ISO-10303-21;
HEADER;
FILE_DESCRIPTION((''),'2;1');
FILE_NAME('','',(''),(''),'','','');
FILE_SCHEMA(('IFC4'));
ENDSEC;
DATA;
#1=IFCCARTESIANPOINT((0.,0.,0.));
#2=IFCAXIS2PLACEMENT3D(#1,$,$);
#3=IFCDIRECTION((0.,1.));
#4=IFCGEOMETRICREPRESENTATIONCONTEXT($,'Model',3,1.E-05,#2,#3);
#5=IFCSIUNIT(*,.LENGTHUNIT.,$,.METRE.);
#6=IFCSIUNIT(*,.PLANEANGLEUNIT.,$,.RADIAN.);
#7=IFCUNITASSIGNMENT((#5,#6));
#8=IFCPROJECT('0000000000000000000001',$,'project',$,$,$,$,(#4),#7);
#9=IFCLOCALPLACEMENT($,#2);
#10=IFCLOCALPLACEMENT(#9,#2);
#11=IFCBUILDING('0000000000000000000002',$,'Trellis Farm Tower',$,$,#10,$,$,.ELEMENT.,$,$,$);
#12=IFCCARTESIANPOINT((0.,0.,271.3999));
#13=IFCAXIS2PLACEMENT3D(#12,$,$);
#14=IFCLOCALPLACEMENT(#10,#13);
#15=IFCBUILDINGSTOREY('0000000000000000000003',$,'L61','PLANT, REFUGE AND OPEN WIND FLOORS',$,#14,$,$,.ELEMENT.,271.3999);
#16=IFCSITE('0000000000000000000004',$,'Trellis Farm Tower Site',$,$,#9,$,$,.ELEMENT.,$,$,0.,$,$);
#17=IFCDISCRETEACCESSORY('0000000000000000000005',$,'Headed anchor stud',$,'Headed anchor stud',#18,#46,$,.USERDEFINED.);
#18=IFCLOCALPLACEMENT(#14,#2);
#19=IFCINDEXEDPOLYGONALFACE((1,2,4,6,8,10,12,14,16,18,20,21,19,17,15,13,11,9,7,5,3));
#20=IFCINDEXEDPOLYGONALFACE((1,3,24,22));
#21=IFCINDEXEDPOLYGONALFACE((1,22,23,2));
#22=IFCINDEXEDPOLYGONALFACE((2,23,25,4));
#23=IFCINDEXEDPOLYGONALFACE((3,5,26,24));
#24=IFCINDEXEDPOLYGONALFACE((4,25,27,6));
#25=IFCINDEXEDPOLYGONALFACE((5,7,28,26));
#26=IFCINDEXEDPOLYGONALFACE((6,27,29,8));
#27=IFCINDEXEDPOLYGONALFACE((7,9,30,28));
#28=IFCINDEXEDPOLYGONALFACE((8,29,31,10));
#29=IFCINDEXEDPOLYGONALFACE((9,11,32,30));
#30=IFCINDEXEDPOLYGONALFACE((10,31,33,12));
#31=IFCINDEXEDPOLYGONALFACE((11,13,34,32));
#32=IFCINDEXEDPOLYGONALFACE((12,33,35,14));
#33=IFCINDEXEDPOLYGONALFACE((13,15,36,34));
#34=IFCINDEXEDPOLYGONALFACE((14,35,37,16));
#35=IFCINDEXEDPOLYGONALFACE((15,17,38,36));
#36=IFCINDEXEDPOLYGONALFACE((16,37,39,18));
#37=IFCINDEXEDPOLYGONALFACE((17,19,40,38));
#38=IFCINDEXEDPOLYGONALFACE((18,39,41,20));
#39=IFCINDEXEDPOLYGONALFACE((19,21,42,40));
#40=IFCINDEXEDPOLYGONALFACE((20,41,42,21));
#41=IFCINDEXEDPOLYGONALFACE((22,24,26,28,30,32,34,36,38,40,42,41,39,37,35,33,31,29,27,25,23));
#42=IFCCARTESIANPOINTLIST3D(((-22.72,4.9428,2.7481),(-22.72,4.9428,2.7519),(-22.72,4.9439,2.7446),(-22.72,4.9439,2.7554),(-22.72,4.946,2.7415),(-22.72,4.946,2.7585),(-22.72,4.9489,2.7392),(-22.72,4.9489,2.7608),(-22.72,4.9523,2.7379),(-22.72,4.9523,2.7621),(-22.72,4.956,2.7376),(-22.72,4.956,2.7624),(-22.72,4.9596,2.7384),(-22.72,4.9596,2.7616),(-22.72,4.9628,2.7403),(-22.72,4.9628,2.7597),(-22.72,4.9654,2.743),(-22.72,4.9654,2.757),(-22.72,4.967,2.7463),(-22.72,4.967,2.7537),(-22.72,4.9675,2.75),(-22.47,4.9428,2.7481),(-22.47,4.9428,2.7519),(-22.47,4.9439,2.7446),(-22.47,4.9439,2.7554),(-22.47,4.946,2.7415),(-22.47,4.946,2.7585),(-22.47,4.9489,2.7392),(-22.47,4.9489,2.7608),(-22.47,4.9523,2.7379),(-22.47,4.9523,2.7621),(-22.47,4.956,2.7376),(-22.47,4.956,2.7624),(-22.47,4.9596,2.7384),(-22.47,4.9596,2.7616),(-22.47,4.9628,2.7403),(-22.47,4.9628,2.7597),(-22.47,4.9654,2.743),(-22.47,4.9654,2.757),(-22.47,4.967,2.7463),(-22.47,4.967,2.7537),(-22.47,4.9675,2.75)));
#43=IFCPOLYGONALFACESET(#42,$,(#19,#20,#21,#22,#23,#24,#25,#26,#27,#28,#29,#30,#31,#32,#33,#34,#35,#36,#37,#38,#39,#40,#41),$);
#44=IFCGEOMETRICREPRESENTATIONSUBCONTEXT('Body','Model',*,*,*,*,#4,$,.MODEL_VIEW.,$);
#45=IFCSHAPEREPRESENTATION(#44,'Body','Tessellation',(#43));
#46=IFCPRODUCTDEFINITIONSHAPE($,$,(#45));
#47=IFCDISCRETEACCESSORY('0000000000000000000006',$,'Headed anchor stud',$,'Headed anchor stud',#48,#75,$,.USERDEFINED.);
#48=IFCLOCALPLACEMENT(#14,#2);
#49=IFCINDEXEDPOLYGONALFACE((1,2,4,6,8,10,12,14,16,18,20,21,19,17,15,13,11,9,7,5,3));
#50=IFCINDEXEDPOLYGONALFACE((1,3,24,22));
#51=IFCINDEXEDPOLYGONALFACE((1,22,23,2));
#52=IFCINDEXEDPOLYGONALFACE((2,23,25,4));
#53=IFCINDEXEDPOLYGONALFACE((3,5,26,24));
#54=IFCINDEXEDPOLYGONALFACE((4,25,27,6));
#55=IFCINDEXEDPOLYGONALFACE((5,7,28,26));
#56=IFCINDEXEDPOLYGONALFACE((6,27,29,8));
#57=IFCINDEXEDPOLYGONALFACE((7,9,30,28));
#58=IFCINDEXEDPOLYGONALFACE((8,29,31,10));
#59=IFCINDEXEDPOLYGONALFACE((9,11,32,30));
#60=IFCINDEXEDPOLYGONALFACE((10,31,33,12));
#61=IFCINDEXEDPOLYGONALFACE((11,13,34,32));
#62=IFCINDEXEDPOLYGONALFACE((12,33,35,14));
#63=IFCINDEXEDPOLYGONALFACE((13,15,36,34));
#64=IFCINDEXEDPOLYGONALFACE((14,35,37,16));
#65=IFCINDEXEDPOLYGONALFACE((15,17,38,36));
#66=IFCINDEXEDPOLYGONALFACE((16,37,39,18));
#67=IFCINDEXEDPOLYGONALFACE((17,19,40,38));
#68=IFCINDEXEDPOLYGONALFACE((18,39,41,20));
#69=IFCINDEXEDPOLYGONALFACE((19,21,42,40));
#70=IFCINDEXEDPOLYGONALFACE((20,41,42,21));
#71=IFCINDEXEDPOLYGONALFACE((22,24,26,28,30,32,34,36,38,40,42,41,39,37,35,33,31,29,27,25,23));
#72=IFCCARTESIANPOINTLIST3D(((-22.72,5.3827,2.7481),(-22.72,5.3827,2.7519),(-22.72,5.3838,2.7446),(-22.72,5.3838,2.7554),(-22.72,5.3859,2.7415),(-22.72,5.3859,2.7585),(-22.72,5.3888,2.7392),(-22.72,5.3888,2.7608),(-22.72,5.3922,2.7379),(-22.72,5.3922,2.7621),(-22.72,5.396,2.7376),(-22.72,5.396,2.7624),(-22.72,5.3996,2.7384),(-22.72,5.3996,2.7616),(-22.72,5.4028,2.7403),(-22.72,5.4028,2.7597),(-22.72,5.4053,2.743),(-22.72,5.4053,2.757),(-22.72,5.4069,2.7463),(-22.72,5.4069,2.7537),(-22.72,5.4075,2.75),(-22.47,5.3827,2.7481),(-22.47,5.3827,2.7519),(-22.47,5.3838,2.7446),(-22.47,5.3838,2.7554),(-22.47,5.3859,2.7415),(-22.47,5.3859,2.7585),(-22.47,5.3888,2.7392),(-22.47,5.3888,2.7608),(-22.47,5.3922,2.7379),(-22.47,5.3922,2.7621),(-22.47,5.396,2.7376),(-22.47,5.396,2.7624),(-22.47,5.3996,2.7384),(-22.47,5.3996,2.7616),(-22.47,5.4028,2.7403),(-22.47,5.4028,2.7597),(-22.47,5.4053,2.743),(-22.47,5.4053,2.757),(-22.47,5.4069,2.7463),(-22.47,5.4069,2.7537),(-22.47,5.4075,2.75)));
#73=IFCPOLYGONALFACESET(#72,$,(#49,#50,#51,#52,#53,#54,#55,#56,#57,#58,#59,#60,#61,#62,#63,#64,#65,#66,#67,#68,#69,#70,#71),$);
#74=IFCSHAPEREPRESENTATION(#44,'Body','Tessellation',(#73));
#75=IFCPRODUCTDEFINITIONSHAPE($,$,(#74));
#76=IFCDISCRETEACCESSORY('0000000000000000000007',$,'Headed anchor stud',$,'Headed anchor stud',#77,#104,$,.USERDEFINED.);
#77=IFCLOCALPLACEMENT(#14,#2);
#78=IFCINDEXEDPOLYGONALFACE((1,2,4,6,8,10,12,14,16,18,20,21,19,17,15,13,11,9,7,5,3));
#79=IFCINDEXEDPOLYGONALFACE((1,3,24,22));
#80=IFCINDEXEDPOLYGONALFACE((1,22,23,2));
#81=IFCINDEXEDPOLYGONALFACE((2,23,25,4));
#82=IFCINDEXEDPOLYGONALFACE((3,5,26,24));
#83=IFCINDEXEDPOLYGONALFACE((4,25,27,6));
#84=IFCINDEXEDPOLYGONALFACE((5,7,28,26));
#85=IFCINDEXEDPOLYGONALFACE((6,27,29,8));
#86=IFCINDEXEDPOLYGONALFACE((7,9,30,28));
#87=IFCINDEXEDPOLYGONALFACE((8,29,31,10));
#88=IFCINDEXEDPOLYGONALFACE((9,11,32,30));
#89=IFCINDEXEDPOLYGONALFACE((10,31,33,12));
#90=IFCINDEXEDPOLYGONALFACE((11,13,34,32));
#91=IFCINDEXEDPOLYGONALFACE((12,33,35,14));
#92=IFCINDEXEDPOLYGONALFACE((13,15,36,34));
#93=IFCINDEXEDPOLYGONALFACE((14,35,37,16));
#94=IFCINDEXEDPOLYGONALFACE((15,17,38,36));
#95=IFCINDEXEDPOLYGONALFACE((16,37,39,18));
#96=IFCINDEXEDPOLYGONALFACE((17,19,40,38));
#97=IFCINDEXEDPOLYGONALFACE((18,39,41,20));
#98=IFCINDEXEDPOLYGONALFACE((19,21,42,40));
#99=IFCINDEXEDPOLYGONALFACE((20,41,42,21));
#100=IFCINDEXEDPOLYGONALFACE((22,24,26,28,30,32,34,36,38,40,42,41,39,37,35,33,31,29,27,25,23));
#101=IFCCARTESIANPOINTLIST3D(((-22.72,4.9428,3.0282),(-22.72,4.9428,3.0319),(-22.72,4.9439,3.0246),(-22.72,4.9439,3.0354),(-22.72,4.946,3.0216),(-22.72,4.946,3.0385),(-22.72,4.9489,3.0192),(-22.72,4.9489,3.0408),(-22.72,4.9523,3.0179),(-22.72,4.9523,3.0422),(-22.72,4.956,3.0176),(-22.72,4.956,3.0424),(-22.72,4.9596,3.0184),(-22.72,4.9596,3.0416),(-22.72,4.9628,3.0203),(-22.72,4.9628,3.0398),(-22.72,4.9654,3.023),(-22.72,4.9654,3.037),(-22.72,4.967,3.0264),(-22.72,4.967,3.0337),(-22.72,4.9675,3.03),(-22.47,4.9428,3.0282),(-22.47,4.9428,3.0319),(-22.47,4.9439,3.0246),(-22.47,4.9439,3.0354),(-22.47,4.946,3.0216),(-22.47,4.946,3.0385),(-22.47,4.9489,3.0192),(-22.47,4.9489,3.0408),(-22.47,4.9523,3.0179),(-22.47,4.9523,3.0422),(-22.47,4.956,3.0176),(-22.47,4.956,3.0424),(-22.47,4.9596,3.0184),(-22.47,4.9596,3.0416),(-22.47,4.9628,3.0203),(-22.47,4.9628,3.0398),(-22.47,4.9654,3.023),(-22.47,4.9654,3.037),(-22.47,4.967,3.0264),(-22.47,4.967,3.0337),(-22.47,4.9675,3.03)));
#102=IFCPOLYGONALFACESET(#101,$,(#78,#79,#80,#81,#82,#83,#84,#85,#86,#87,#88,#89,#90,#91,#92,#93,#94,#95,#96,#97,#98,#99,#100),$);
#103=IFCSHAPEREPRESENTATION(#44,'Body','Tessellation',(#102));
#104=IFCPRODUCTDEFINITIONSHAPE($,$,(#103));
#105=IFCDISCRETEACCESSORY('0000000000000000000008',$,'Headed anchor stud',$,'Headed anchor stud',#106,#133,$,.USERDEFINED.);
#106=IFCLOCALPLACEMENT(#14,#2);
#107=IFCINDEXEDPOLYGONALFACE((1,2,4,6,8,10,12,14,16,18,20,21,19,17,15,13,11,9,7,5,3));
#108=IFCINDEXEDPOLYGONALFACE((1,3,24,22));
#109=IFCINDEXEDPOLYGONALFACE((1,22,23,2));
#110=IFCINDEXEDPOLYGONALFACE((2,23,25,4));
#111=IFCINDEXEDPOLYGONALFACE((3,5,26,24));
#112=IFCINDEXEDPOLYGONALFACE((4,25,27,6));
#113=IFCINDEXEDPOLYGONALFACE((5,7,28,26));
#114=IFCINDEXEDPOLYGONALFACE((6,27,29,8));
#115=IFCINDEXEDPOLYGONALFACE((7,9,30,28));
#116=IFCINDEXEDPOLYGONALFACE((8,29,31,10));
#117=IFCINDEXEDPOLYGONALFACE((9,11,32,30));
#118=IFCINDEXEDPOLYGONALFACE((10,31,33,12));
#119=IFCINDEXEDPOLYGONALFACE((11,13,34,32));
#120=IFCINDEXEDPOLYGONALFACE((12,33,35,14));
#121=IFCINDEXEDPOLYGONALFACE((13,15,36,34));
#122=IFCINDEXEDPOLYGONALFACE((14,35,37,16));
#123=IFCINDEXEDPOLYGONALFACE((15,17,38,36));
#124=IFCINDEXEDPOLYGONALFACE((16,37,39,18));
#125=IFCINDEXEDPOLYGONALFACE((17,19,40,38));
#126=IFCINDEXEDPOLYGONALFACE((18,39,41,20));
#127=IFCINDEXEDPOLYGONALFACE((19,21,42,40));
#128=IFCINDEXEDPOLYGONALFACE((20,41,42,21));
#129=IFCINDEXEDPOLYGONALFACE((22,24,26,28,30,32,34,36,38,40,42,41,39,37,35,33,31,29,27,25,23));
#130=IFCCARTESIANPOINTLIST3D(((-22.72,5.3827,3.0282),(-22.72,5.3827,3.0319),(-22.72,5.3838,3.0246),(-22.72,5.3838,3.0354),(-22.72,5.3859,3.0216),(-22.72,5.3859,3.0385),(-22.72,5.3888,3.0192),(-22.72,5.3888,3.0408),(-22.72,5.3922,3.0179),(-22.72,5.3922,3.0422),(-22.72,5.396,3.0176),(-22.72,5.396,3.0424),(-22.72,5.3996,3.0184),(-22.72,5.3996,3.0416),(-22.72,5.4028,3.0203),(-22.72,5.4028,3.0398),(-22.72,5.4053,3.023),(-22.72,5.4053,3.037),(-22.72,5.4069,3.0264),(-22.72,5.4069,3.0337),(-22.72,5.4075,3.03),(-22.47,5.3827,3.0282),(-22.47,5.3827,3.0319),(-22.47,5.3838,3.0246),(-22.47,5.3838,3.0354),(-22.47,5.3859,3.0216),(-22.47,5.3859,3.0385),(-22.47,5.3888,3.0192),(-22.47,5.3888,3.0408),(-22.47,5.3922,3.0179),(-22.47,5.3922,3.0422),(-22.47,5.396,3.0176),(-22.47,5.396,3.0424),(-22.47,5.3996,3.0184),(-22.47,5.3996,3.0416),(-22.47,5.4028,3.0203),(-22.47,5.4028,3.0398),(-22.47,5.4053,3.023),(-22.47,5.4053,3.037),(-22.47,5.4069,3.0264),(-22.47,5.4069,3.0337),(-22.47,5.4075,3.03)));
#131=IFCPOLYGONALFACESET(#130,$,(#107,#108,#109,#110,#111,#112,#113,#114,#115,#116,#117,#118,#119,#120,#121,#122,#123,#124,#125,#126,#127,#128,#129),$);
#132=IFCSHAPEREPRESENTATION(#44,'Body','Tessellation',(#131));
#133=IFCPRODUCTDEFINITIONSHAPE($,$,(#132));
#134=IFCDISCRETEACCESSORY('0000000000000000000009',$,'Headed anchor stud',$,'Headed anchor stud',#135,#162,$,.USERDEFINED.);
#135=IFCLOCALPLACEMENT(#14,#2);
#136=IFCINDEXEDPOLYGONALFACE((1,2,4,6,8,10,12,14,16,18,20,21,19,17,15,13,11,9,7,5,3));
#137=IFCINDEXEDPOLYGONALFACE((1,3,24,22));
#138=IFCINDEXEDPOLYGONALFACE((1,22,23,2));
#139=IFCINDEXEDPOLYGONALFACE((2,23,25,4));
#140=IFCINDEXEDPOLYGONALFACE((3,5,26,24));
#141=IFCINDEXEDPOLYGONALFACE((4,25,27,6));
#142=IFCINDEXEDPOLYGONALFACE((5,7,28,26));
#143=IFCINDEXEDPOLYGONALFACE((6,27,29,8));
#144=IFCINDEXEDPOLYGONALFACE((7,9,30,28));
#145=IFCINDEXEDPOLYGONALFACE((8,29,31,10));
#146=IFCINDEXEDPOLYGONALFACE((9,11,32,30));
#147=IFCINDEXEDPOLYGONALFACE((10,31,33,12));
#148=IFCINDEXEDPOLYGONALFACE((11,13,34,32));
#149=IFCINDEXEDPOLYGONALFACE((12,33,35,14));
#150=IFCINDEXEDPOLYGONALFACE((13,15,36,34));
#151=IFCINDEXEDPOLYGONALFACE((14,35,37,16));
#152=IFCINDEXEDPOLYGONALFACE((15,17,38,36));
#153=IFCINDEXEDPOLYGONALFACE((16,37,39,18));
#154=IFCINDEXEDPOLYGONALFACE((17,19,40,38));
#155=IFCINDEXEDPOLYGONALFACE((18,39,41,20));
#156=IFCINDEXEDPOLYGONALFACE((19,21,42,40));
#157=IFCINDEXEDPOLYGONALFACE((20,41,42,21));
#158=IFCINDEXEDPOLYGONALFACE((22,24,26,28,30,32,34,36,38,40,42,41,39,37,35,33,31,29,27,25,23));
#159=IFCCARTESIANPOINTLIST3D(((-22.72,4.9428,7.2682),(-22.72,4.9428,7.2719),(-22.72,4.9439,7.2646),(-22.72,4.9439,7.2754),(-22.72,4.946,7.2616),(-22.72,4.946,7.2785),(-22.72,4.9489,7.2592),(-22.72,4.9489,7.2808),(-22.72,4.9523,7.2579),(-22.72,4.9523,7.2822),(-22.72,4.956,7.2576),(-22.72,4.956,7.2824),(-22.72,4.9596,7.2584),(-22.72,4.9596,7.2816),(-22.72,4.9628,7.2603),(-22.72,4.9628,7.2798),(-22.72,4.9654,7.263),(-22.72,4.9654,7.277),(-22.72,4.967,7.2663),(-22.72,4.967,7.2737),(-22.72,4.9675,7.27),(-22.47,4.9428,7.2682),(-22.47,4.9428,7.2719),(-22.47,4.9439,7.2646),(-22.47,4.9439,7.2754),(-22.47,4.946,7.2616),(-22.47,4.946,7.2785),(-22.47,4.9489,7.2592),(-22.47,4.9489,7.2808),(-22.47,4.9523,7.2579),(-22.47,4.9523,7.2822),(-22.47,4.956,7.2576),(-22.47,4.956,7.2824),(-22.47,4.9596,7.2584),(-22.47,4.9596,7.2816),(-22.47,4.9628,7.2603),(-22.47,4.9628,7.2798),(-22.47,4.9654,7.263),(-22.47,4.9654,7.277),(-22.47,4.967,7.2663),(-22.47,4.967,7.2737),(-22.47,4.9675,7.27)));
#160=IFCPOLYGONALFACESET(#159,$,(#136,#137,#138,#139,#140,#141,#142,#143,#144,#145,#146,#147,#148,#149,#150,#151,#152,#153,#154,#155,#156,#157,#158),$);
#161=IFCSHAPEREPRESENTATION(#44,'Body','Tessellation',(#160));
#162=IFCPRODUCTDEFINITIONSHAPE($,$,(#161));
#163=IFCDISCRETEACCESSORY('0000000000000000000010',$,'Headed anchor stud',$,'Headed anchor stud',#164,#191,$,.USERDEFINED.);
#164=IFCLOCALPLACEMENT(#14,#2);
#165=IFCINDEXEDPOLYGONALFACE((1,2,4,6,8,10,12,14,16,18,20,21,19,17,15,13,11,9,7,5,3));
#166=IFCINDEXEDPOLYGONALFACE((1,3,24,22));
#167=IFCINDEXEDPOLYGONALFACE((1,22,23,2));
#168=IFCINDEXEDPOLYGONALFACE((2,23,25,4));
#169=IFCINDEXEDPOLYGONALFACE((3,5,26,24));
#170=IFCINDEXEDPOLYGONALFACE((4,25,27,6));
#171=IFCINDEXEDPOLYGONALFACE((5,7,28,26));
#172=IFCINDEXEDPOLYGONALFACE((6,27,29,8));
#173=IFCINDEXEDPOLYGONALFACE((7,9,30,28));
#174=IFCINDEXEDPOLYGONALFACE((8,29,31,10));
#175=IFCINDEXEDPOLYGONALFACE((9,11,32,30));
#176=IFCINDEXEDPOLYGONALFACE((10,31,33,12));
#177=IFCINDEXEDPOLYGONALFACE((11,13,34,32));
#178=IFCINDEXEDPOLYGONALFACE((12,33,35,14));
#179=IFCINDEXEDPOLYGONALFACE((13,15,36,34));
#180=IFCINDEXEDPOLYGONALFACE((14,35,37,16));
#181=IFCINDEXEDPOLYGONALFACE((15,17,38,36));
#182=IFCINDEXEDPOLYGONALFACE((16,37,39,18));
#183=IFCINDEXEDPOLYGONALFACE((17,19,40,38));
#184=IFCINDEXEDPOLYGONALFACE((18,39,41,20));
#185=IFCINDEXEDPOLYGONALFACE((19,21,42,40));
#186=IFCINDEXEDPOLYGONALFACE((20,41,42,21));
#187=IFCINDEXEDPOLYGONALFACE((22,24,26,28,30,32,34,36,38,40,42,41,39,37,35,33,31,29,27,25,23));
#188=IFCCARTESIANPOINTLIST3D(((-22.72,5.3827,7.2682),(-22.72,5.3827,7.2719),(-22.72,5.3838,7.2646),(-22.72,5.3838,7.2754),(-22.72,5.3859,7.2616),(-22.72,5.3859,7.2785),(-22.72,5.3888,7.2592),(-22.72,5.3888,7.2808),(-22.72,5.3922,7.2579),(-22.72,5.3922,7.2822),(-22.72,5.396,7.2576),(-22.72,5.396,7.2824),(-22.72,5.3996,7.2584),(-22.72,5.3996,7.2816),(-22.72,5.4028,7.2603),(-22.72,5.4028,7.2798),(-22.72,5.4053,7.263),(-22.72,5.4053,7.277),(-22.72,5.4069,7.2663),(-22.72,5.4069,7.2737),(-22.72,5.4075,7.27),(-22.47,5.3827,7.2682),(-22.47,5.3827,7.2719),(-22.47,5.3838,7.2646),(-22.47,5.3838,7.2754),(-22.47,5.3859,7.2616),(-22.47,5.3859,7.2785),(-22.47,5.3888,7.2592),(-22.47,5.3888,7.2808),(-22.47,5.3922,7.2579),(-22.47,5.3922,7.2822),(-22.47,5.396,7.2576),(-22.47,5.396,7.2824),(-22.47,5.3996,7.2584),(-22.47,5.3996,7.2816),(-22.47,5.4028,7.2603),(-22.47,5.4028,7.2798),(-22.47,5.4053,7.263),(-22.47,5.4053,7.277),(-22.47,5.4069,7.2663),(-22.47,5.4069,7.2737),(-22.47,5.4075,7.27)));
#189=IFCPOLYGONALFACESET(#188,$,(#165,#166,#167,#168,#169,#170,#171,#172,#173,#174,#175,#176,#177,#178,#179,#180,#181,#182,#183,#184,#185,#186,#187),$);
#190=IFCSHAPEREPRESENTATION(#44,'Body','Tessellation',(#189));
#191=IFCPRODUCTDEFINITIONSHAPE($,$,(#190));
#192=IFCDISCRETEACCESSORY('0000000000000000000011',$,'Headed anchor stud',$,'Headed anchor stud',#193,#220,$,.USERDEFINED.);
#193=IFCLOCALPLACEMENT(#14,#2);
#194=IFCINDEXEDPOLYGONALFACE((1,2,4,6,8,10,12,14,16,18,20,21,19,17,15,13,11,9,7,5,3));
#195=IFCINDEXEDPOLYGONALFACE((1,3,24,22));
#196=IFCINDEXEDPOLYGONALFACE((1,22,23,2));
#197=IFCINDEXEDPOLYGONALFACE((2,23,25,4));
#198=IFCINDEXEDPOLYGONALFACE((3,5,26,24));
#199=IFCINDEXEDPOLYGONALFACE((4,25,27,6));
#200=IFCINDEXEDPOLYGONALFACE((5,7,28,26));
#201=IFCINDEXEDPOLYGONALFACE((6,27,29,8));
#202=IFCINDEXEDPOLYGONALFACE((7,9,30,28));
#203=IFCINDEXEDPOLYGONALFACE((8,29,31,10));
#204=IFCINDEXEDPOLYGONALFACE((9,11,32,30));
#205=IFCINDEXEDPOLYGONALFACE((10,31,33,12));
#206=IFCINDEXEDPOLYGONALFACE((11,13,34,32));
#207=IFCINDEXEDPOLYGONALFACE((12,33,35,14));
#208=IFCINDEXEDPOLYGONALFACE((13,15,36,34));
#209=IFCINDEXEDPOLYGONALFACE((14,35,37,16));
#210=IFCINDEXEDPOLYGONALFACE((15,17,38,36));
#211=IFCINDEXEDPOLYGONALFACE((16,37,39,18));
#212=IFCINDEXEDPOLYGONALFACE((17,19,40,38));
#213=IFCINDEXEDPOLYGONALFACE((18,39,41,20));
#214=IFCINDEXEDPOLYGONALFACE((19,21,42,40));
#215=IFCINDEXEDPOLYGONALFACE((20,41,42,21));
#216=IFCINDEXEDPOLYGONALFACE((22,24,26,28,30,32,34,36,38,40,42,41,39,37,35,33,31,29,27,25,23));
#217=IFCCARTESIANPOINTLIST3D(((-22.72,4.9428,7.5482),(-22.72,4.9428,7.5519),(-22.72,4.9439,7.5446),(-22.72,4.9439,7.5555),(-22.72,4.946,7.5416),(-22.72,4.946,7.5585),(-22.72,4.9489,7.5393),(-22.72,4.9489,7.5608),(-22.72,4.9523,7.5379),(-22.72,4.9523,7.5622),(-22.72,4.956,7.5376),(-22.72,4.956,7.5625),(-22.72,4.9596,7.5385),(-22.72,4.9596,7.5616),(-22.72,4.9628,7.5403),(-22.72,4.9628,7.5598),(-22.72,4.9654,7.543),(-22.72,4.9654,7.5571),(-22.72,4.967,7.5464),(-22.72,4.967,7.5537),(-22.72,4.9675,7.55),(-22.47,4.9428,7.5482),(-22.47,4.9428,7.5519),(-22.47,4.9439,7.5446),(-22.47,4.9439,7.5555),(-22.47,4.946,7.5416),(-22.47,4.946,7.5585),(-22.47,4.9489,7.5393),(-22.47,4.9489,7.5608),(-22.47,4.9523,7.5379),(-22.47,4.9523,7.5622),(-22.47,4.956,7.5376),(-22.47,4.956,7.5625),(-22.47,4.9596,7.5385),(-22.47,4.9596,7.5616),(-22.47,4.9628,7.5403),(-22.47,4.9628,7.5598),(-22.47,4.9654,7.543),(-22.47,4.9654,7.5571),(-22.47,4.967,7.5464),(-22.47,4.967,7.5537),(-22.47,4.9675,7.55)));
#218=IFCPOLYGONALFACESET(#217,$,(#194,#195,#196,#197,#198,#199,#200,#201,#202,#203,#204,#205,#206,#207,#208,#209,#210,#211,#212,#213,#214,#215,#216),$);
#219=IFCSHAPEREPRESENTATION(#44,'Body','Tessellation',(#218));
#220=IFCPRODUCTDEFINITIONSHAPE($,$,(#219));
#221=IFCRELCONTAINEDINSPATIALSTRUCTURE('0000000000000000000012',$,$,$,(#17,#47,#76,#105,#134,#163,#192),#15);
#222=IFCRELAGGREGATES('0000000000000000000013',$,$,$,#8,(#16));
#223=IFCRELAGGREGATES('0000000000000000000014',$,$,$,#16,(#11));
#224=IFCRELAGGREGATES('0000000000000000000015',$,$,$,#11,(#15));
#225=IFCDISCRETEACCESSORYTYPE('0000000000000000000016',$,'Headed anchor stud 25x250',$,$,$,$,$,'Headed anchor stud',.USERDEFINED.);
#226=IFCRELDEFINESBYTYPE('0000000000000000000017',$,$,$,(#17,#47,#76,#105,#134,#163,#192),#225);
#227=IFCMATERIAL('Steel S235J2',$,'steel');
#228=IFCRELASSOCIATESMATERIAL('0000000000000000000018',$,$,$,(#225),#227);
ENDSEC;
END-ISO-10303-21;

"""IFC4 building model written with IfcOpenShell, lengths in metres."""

from ifc_helpers import new_model, si_unit, direction, frame, origin, origin_2d, place, context, subcontext, project, spatial, circle, extrude, source, transform, mapped, material, material_profile, profile_set, type_object, element, save


model = new_model("IFC4")

# Units and contexts
model_context = context("Model", 3, precision=1e-05, world=origin(), true_north=direction((0.0, 1.0)))
body_context = subcontext(model_context, "Body", "Model", "MODEL_VIEW")
ifc_project = project(units=[si_unit("LENGTHUNIT", "METRE"), si_unit("PLANEANGLEUNIT", "RADIAN")], contexts=[model_context])

# Site, building, storey
site_placement = place(None, origin())
site = spatial("IfcSite", under=ifc_project, at=site_placement, Name="Trellis Farm Tower Site", CompositionType="ELEMENT", RefElevation=0.0)
building_placement = place(site_placement, origin())
building = spatial("IfcBuilding", under=site, at=building_placement, Name="Trellis Farm Tower", CompositionType="ELEMENT")
storey_placement = place(building_placement, frame((0.0, 0.0, 271.3999)))
storey = spatial("IfcBuildingStorey", under=building, at=storey_placement, Name="L61", Description="PLANT, REFUGE AND OPEN WIND FLOORS", CompositionType="ELEMENT", Elevation=271.3999)

# Discrete accessories
ifc_material_1 = material(Name="Steel S235J2", Category="steel")
ifc_material_profile_1 = material_profile(ifc_material_1, circle(Radius=0.0125, at=origin_2d()), Name="Headed anchor stud 25x250")
ifc_profile_set_1 = profile_set([ifc_material_profile_1], Name="Steel S235J2")
discrete_accessory_type = type_object("IfcDiscreteAccessoryType", Name="Headed anchor stud 25x250", ElementType="Headed anchor stud", PredefinedType="USERDEFINED", material=ifc_profile_set_1)
shared_shape_1 = source(origin(), body_context, "Body", "SweptSolid", [
    extrude(circle(Radius=0.0125, at=origin_2d()), origin(), (0.0, 0.0, 1.0), 0.25),
])
for number, where, z_axis, x_axis, name in (
    (1, (-22.72, 4.9551, 2.75), (1.0, 0.0, 0.0), (0.0, 1.0, 0.0), "Headed anchor stud"),
    (2, (-22.72, 5.395, 2.75), (1.0, 0.0, 0.0), (0.0, 1.0, 0.0), "Headed anchor stud"),
    (3, (-22.72, 4.9551, 3.03), (1.0, 0.0, 0.0), (0.0, 1.0, 0.0), "Headed anchor stud"),
    (4, (-22.72, 5.395, 3.03), (1.0, 0.0, 0.0), (0.0, 1.0, 0.0), "Headed anchor stud"),
    (5, (-22.72, 4.9551, 7.27), (1.0, 0.0, 0.0), (0.0, 1.0, 0.0), "Headed anchor stud"),
    (6, (-22.72, 5.395, 7.27), (1.0, 0.0, 0.0), (0.0, 1.0, 0.0), "Headed anchor stud"),
    (7, (-22.72, 4.9551, 7.55), (1.0, 0.0, 0.0), (0.0, 1.0, 0.0), "Headed anchor stud"),
):
    element("IfcDiscreteAccessory", number, at=place(storey_placement, frame(where, z_axis=z_axis, x_axis=x_axis)), inside=storey, type_object=discrete_accessory_type, Name=name, ObjectType="Headed anchor stud", PredefinedType="USERDEFINED", context=body_context, shape_type="MappedRepresentation", body=[
        mapped(shared_shape_1, transform((0.0, 0.0, 0.0))),
    ])

save(model, "model.ifc")
